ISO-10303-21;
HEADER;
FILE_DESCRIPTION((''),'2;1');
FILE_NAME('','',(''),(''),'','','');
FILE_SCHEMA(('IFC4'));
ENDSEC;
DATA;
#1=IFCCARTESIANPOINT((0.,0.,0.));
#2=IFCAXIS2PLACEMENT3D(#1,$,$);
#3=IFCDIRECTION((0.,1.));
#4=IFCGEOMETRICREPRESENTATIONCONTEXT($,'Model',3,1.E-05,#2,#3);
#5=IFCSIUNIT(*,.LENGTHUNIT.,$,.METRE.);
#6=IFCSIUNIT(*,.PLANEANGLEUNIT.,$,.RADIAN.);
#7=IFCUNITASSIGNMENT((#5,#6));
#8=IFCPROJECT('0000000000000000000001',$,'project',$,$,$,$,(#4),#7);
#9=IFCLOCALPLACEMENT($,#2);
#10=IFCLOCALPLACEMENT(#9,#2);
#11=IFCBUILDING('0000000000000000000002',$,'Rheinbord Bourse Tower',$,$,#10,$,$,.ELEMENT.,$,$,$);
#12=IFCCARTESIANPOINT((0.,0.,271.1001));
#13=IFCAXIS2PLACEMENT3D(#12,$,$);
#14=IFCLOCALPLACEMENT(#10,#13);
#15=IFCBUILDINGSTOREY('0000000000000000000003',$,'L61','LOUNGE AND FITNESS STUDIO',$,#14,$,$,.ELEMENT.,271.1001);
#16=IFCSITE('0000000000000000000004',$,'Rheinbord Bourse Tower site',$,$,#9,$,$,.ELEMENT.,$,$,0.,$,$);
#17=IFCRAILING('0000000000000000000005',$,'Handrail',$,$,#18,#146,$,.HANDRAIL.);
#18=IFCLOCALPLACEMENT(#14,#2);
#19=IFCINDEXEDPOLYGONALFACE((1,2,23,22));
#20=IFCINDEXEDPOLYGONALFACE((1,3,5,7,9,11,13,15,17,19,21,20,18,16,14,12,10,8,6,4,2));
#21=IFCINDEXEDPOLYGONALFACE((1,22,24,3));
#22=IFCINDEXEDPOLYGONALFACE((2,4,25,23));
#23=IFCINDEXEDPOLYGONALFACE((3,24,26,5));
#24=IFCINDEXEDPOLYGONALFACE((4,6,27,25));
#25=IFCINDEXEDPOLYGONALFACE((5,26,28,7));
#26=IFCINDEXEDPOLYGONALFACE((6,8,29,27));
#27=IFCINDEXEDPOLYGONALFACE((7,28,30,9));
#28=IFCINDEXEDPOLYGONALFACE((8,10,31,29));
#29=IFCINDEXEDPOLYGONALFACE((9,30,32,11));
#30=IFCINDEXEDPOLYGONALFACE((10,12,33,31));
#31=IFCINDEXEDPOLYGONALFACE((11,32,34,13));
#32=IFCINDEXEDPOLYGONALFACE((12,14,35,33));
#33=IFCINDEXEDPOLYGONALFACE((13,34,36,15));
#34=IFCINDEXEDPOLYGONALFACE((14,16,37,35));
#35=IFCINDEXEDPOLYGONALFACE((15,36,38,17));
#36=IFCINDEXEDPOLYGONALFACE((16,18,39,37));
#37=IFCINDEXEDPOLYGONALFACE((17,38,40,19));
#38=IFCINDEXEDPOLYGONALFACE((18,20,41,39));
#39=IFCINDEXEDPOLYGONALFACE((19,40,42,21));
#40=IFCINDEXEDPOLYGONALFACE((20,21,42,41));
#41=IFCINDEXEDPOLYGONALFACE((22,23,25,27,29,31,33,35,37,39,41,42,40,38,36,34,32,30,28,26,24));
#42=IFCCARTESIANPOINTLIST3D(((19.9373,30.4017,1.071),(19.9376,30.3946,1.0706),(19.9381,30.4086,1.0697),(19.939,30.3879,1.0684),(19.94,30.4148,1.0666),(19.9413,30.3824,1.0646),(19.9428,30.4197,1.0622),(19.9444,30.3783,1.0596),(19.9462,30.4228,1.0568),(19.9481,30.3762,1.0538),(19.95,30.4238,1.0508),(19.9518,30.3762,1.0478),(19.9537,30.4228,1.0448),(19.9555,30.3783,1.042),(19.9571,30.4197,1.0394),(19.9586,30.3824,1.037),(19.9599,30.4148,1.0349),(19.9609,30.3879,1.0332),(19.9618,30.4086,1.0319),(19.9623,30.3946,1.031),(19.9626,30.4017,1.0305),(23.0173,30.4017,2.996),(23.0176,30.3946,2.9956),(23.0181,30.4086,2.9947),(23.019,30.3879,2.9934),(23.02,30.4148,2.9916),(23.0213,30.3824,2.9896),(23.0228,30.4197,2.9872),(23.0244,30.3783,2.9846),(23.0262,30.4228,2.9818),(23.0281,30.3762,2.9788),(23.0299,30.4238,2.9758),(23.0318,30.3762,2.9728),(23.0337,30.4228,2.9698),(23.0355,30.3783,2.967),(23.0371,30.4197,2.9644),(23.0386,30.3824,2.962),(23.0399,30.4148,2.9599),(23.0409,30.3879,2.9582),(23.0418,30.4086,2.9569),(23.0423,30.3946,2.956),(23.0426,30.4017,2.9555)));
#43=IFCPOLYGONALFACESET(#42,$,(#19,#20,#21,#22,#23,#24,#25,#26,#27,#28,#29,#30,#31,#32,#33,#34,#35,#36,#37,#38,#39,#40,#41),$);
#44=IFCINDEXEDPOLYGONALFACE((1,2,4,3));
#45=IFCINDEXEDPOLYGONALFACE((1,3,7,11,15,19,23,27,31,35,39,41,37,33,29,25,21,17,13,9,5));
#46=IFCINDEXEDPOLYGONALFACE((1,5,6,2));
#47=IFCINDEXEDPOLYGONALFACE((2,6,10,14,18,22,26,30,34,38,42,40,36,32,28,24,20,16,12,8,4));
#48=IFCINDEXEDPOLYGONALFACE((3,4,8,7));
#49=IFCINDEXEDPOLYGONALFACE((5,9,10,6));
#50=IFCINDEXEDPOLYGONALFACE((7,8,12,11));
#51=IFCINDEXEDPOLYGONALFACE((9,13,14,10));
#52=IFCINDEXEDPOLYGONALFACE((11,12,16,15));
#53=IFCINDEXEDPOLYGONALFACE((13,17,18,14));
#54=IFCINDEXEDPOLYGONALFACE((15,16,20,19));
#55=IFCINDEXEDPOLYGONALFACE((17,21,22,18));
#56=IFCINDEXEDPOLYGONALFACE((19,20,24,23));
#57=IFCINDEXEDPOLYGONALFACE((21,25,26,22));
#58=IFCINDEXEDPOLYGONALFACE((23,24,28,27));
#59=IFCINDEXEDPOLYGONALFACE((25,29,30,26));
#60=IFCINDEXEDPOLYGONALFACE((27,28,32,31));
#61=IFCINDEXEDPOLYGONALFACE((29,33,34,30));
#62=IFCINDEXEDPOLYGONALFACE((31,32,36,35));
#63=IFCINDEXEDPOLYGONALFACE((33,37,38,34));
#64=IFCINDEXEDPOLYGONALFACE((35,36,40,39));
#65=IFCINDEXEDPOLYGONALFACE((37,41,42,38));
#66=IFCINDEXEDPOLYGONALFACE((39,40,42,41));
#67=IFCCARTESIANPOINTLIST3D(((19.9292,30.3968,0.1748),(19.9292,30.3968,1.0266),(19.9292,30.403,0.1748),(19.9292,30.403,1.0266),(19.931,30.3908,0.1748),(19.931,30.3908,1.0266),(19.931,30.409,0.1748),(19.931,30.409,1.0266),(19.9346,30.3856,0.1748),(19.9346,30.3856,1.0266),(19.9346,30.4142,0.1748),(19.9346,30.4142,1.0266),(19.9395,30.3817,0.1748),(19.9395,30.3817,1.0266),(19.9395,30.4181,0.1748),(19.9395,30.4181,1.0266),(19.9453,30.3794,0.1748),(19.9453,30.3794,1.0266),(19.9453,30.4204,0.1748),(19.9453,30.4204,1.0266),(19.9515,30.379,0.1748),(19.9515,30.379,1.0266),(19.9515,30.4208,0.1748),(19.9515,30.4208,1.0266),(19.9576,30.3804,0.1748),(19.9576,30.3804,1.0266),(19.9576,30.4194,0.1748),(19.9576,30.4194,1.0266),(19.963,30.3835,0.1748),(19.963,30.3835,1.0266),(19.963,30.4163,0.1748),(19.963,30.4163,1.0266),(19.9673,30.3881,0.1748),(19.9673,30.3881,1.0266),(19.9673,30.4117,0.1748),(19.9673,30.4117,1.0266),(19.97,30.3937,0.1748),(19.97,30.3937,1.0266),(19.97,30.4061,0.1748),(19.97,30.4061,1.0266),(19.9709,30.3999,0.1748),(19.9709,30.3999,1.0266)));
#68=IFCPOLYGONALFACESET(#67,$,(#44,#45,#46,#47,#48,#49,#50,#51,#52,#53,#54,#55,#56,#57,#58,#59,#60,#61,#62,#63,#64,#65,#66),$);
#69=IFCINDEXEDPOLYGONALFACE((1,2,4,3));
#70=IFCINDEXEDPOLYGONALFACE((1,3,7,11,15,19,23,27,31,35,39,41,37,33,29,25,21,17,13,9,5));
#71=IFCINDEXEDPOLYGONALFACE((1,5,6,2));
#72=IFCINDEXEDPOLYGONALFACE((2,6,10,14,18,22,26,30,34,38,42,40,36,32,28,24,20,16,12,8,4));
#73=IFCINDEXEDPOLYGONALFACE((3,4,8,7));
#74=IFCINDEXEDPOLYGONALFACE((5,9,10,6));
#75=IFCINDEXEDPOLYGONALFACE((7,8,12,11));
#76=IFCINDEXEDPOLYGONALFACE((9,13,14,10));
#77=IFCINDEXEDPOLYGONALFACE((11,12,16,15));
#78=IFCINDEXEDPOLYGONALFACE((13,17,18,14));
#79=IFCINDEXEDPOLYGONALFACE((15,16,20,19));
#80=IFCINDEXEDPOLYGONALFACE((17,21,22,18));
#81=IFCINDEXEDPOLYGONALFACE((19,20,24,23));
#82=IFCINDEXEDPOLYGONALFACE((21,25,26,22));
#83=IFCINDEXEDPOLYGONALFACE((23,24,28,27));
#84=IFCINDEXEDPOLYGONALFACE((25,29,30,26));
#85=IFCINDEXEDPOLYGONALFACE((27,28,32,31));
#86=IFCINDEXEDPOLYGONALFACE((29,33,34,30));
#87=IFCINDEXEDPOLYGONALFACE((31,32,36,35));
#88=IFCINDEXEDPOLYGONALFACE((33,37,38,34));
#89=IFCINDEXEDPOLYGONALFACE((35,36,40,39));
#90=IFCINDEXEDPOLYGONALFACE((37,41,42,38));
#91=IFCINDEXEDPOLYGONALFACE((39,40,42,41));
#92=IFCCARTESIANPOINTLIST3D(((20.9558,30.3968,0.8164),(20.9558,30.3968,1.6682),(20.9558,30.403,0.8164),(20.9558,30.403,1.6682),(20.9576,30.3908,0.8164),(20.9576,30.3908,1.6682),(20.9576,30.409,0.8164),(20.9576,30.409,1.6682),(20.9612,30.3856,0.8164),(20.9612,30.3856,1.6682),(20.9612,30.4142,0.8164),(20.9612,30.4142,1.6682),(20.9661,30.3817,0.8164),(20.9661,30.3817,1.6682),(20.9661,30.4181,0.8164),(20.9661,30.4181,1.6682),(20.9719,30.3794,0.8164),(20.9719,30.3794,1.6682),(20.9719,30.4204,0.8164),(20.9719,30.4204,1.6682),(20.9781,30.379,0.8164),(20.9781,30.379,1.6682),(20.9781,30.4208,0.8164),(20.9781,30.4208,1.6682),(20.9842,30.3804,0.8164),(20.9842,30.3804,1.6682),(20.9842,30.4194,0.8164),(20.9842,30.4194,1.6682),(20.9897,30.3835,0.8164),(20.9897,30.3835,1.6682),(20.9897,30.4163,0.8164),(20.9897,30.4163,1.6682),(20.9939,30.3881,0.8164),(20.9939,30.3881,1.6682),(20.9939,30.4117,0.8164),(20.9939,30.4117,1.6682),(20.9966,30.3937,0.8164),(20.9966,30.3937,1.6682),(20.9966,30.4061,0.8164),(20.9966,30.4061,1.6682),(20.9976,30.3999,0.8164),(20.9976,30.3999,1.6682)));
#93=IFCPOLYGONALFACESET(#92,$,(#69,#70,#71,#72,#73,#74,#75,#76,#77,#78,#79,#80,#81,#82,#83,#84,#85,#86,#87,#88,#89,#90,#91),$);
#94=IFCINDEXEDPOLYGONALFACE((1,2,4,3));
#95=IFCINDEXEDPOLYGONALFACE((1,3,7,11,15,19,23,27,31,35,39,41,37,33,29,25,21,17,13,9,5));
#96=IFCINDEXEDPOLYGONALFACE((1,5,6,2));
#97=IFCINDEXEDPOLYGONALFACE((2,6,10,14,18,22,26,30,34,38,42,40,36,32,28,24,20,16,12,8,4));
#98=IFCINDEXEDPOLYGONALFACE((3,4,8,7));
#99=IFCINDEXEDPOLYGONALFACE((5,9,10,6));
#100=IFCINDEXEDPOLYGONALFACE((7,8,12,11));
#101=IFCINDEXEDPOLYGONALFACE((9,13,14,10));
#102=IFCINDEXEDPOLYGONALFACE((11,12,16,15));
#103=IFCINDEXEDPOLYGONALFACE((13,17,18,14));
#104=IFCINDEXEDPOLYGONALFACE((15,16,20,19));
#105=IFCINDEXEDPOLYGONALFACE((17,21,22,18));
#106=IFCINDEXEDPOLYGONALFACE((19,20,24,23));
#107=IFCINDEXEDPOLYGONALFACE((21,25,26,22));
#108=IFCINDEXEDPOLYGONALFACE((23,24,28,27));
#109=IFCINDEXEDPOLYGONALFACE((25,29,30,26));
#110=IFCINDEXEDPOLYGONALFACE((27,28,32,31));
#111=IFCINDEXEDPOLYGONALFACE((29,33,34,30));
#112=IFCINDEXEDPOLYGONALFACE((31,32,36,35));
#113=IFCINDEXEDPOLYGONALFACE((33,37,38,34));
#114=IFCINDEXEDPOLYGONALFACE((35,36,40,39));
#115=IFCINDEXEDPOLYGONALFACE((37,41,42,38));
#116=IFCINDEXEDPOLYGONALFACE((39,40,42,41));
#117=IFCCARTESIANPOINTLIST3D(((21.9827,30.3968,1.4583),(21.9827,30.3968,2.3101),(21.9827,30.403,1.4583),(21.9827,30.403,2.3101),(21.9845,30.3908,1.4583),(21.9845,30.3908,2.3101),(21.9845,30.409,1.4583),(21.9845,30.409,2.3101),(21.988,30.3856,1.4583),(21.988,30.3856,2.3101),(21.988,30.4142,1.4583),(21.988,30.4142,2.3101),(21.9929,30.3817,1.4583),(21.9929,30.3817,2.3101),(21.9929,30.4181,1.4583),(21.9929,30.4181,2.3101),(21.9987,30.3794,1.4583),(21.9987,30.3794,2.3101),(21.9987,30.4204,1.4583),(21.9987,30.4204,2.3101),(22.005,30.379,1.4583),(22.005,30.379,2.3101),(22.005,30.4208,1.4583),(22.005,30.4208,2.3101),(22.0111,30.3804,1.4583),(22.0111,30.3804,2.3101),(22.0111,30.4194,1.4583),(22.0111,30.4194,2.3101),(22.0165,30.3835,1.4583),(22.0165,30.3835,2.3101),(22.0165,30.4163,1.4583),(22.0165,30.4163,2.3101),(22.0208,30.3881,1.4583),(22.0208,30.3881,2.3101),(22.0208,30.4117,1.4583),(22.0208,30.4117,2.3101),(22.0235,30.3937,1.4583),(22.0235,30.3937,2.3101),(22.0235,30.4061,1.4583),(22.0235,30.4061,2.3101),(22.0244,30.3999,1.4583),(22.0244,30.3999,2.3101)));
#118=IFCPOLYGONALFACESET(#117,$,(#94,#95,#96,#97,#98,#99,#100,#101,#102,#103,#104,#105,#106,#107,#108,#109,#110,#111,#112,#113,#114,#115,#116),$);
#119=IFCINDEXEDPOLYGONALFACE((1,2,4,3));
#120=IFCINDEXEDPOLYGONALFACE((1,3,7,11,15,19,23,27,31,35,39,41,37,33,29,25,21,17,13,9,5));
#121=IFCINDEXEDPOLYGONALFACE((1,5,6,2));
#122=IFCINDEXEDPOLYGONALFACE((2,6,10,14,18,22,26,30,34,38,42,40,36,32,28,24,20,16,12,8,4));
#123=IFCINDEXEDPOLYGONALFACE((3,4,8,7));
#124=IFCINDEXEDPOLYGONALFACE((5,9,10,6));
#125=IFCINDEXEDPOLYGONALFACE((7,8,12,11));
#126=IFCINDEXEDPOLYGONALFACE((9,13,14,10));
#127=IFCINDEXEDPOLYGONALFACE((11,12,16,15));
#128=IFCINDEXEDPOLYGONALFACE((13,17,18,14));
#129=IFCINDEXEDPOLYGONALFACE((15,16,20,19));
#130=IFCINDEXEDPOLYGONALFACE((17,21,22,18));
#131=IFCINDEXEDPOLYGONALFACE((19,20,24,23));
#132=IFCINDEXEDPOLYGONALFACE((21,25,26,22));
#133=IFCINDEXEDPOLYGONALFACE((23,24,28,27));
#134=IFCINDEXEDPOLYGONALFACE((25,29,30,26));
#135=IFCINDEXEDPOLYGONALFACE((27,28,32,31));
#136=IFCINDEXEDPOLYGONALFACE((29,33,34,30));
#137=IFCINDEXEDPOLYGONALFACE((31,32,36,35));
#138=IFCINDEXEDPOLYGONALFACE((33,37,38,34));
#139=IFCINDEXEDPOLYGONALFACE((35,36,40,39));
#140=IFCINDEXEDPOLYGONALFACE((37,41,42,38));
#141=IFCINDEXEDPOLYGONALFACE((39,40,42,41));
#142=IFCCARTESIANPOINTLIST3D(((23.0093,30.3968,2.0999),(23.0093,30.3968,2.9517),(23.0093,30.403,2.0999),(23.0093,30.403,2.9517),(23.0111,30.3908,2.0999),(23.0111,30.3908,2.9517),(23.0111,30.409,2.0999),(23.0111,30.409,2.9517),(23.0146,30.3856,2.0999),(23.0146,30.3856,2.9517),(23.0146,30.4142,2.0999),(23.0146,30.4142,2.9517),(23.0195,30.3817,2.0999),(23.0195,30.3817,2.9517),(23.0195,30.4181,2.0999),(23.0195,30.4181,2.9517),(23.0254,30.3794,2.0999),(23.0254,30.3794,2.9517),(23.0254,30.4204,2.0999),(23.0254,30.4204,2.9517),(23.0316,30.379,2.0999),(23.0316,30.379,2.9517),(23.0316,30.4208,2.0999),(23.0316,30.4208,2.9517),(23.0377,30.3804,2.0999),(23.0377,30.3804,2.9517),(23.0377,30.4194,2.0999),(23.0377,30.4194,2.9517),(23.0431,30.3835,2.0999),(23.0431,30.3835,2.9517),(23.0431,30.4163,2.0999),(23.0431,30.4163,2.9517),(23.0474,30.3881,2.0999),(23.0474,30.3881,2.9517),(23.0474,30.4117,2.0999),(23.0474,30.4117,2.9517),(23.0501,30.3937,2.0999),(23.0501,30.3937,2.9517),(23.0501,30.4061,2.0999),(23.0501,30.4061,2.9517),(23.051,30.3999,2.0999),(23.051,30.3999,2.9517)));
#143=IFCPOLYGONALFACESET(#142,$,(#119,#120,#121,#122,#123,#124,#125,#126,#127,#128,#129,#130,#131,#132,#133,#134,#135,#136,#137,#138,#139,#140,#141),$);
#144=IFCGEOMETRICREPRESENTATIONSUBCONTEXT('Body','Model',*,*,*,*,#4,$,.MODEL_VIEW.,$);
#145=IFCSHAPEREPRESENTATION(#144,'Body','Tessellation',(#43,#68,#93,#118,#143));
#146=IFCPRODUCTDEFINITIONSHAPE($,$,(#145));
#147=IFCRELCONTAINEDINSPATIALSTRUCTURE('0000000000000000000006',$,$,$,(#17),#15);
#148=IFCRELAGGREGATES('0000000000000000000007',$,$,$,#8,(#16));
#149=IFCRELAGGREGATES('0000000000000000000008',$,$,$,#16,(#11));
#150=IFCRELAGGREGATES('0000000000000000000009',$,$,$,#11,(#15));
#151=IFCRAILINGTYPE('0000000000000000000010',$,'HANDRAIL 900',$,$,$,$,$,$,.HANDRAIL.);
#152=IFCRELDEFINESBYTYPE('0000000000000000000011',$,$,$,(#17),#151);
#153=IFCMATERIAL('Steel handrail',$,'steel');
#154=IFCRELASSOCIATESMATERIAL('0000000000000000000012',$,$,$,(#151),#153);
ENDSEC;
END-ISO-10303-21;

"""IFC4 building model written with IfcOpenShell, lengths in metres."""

from ifc_helpers import new_model, si_unit, direction, frame, origin, origin_2d, place, context, subcontext, project, spatial, circle, extrude, material, type_object, element, save


model = new_model("IFC4")

# Units and contexts
model_context = context("Model", 3, precision=1e-05, world=origin(), true_north=direction((0.0, 1.0)))
body_context = subcontext(model_context, "Body", "Model", "MODEL_VIEW")
ifc_project = project(units=[si_unit("LENGTHUNIT", "METRE"), si_unit("PLANEANGLEUNIT", "RADIAN")], contexts=[model_context])

# Site, building, storey
site_placement = place(None, origin())
site = spatial("IfcSite", under=ifc_project, at=site_placement, Name="Rheinbord Bourse Tower site", CompositionType="ELEMENT", RefElevation=0.0)
building_placement = place(site_placement, origin())
building = spatial("IfcBuilding", under=site, at=building_placement, Name="Rheinbord Bourse Tower", CompositionType="ELEMENT")
storey_placement = place(building_placement, frame((0.0, 0.0, 271.1001)))
storey = spatial("IfcBuildingStorey", under=building, at=storey_placement, Name="L61", Description="LOUNGE AND FITNESS STUDIO", CompositionType="ELEMENT", Elevation=271.1001)

# Railing
ifc_material_1 = material(Name="Steel handrail", Category="steel")
railing_type = type_object("IfcRailingType", Name="HANDRAIL 900", PredefinedType="HANDRAIL", material=ifc_material_1)
railing_1_placement = place(storey_placement, frame((19.95, 30.3999, 0.1748)))
element("IfcRailing", 1, at=railing_1_placement, inside=storey, type_object=railing_type, Name="Handrail", PredefinedType="HANDRAIL", context=body_context, shape_type="SweptSolid", body=[
    extrude(circle(Radius=0.0239, at=origin_2d()), frame((0.0, 0.0, 0.876), z_axis=(0.847998, 0.0, 0.529999), x_axis=(0.0, 1.0, 0.0)), (0.0, 0.0, 1.0), 3.6321),
    extrude(circle(Radius=0.021, at=origin_2d()), origin(), (0.0, 0.0, 1.0), 0.8518),
    extrude(circle(Radius=0.021, at=origin_2d()), frame((1.0266, 0.0, 0.6416)), (0.0, 0.0, 1.0), 0.8518),
    extrude(circle(Radius=0.021, at=origin_2d()), frame((2.0535, 0.0, 1.2834)), (0.0, 0.0, 1.0), 0.8518),
    extrude(circle(Radius=0.021, at=origin_2d()), frame((3.0801, 0.0, 1.925)), (0.0, 0.0, 1.0), 0.8518),
])

save(model, "model.ifc")
